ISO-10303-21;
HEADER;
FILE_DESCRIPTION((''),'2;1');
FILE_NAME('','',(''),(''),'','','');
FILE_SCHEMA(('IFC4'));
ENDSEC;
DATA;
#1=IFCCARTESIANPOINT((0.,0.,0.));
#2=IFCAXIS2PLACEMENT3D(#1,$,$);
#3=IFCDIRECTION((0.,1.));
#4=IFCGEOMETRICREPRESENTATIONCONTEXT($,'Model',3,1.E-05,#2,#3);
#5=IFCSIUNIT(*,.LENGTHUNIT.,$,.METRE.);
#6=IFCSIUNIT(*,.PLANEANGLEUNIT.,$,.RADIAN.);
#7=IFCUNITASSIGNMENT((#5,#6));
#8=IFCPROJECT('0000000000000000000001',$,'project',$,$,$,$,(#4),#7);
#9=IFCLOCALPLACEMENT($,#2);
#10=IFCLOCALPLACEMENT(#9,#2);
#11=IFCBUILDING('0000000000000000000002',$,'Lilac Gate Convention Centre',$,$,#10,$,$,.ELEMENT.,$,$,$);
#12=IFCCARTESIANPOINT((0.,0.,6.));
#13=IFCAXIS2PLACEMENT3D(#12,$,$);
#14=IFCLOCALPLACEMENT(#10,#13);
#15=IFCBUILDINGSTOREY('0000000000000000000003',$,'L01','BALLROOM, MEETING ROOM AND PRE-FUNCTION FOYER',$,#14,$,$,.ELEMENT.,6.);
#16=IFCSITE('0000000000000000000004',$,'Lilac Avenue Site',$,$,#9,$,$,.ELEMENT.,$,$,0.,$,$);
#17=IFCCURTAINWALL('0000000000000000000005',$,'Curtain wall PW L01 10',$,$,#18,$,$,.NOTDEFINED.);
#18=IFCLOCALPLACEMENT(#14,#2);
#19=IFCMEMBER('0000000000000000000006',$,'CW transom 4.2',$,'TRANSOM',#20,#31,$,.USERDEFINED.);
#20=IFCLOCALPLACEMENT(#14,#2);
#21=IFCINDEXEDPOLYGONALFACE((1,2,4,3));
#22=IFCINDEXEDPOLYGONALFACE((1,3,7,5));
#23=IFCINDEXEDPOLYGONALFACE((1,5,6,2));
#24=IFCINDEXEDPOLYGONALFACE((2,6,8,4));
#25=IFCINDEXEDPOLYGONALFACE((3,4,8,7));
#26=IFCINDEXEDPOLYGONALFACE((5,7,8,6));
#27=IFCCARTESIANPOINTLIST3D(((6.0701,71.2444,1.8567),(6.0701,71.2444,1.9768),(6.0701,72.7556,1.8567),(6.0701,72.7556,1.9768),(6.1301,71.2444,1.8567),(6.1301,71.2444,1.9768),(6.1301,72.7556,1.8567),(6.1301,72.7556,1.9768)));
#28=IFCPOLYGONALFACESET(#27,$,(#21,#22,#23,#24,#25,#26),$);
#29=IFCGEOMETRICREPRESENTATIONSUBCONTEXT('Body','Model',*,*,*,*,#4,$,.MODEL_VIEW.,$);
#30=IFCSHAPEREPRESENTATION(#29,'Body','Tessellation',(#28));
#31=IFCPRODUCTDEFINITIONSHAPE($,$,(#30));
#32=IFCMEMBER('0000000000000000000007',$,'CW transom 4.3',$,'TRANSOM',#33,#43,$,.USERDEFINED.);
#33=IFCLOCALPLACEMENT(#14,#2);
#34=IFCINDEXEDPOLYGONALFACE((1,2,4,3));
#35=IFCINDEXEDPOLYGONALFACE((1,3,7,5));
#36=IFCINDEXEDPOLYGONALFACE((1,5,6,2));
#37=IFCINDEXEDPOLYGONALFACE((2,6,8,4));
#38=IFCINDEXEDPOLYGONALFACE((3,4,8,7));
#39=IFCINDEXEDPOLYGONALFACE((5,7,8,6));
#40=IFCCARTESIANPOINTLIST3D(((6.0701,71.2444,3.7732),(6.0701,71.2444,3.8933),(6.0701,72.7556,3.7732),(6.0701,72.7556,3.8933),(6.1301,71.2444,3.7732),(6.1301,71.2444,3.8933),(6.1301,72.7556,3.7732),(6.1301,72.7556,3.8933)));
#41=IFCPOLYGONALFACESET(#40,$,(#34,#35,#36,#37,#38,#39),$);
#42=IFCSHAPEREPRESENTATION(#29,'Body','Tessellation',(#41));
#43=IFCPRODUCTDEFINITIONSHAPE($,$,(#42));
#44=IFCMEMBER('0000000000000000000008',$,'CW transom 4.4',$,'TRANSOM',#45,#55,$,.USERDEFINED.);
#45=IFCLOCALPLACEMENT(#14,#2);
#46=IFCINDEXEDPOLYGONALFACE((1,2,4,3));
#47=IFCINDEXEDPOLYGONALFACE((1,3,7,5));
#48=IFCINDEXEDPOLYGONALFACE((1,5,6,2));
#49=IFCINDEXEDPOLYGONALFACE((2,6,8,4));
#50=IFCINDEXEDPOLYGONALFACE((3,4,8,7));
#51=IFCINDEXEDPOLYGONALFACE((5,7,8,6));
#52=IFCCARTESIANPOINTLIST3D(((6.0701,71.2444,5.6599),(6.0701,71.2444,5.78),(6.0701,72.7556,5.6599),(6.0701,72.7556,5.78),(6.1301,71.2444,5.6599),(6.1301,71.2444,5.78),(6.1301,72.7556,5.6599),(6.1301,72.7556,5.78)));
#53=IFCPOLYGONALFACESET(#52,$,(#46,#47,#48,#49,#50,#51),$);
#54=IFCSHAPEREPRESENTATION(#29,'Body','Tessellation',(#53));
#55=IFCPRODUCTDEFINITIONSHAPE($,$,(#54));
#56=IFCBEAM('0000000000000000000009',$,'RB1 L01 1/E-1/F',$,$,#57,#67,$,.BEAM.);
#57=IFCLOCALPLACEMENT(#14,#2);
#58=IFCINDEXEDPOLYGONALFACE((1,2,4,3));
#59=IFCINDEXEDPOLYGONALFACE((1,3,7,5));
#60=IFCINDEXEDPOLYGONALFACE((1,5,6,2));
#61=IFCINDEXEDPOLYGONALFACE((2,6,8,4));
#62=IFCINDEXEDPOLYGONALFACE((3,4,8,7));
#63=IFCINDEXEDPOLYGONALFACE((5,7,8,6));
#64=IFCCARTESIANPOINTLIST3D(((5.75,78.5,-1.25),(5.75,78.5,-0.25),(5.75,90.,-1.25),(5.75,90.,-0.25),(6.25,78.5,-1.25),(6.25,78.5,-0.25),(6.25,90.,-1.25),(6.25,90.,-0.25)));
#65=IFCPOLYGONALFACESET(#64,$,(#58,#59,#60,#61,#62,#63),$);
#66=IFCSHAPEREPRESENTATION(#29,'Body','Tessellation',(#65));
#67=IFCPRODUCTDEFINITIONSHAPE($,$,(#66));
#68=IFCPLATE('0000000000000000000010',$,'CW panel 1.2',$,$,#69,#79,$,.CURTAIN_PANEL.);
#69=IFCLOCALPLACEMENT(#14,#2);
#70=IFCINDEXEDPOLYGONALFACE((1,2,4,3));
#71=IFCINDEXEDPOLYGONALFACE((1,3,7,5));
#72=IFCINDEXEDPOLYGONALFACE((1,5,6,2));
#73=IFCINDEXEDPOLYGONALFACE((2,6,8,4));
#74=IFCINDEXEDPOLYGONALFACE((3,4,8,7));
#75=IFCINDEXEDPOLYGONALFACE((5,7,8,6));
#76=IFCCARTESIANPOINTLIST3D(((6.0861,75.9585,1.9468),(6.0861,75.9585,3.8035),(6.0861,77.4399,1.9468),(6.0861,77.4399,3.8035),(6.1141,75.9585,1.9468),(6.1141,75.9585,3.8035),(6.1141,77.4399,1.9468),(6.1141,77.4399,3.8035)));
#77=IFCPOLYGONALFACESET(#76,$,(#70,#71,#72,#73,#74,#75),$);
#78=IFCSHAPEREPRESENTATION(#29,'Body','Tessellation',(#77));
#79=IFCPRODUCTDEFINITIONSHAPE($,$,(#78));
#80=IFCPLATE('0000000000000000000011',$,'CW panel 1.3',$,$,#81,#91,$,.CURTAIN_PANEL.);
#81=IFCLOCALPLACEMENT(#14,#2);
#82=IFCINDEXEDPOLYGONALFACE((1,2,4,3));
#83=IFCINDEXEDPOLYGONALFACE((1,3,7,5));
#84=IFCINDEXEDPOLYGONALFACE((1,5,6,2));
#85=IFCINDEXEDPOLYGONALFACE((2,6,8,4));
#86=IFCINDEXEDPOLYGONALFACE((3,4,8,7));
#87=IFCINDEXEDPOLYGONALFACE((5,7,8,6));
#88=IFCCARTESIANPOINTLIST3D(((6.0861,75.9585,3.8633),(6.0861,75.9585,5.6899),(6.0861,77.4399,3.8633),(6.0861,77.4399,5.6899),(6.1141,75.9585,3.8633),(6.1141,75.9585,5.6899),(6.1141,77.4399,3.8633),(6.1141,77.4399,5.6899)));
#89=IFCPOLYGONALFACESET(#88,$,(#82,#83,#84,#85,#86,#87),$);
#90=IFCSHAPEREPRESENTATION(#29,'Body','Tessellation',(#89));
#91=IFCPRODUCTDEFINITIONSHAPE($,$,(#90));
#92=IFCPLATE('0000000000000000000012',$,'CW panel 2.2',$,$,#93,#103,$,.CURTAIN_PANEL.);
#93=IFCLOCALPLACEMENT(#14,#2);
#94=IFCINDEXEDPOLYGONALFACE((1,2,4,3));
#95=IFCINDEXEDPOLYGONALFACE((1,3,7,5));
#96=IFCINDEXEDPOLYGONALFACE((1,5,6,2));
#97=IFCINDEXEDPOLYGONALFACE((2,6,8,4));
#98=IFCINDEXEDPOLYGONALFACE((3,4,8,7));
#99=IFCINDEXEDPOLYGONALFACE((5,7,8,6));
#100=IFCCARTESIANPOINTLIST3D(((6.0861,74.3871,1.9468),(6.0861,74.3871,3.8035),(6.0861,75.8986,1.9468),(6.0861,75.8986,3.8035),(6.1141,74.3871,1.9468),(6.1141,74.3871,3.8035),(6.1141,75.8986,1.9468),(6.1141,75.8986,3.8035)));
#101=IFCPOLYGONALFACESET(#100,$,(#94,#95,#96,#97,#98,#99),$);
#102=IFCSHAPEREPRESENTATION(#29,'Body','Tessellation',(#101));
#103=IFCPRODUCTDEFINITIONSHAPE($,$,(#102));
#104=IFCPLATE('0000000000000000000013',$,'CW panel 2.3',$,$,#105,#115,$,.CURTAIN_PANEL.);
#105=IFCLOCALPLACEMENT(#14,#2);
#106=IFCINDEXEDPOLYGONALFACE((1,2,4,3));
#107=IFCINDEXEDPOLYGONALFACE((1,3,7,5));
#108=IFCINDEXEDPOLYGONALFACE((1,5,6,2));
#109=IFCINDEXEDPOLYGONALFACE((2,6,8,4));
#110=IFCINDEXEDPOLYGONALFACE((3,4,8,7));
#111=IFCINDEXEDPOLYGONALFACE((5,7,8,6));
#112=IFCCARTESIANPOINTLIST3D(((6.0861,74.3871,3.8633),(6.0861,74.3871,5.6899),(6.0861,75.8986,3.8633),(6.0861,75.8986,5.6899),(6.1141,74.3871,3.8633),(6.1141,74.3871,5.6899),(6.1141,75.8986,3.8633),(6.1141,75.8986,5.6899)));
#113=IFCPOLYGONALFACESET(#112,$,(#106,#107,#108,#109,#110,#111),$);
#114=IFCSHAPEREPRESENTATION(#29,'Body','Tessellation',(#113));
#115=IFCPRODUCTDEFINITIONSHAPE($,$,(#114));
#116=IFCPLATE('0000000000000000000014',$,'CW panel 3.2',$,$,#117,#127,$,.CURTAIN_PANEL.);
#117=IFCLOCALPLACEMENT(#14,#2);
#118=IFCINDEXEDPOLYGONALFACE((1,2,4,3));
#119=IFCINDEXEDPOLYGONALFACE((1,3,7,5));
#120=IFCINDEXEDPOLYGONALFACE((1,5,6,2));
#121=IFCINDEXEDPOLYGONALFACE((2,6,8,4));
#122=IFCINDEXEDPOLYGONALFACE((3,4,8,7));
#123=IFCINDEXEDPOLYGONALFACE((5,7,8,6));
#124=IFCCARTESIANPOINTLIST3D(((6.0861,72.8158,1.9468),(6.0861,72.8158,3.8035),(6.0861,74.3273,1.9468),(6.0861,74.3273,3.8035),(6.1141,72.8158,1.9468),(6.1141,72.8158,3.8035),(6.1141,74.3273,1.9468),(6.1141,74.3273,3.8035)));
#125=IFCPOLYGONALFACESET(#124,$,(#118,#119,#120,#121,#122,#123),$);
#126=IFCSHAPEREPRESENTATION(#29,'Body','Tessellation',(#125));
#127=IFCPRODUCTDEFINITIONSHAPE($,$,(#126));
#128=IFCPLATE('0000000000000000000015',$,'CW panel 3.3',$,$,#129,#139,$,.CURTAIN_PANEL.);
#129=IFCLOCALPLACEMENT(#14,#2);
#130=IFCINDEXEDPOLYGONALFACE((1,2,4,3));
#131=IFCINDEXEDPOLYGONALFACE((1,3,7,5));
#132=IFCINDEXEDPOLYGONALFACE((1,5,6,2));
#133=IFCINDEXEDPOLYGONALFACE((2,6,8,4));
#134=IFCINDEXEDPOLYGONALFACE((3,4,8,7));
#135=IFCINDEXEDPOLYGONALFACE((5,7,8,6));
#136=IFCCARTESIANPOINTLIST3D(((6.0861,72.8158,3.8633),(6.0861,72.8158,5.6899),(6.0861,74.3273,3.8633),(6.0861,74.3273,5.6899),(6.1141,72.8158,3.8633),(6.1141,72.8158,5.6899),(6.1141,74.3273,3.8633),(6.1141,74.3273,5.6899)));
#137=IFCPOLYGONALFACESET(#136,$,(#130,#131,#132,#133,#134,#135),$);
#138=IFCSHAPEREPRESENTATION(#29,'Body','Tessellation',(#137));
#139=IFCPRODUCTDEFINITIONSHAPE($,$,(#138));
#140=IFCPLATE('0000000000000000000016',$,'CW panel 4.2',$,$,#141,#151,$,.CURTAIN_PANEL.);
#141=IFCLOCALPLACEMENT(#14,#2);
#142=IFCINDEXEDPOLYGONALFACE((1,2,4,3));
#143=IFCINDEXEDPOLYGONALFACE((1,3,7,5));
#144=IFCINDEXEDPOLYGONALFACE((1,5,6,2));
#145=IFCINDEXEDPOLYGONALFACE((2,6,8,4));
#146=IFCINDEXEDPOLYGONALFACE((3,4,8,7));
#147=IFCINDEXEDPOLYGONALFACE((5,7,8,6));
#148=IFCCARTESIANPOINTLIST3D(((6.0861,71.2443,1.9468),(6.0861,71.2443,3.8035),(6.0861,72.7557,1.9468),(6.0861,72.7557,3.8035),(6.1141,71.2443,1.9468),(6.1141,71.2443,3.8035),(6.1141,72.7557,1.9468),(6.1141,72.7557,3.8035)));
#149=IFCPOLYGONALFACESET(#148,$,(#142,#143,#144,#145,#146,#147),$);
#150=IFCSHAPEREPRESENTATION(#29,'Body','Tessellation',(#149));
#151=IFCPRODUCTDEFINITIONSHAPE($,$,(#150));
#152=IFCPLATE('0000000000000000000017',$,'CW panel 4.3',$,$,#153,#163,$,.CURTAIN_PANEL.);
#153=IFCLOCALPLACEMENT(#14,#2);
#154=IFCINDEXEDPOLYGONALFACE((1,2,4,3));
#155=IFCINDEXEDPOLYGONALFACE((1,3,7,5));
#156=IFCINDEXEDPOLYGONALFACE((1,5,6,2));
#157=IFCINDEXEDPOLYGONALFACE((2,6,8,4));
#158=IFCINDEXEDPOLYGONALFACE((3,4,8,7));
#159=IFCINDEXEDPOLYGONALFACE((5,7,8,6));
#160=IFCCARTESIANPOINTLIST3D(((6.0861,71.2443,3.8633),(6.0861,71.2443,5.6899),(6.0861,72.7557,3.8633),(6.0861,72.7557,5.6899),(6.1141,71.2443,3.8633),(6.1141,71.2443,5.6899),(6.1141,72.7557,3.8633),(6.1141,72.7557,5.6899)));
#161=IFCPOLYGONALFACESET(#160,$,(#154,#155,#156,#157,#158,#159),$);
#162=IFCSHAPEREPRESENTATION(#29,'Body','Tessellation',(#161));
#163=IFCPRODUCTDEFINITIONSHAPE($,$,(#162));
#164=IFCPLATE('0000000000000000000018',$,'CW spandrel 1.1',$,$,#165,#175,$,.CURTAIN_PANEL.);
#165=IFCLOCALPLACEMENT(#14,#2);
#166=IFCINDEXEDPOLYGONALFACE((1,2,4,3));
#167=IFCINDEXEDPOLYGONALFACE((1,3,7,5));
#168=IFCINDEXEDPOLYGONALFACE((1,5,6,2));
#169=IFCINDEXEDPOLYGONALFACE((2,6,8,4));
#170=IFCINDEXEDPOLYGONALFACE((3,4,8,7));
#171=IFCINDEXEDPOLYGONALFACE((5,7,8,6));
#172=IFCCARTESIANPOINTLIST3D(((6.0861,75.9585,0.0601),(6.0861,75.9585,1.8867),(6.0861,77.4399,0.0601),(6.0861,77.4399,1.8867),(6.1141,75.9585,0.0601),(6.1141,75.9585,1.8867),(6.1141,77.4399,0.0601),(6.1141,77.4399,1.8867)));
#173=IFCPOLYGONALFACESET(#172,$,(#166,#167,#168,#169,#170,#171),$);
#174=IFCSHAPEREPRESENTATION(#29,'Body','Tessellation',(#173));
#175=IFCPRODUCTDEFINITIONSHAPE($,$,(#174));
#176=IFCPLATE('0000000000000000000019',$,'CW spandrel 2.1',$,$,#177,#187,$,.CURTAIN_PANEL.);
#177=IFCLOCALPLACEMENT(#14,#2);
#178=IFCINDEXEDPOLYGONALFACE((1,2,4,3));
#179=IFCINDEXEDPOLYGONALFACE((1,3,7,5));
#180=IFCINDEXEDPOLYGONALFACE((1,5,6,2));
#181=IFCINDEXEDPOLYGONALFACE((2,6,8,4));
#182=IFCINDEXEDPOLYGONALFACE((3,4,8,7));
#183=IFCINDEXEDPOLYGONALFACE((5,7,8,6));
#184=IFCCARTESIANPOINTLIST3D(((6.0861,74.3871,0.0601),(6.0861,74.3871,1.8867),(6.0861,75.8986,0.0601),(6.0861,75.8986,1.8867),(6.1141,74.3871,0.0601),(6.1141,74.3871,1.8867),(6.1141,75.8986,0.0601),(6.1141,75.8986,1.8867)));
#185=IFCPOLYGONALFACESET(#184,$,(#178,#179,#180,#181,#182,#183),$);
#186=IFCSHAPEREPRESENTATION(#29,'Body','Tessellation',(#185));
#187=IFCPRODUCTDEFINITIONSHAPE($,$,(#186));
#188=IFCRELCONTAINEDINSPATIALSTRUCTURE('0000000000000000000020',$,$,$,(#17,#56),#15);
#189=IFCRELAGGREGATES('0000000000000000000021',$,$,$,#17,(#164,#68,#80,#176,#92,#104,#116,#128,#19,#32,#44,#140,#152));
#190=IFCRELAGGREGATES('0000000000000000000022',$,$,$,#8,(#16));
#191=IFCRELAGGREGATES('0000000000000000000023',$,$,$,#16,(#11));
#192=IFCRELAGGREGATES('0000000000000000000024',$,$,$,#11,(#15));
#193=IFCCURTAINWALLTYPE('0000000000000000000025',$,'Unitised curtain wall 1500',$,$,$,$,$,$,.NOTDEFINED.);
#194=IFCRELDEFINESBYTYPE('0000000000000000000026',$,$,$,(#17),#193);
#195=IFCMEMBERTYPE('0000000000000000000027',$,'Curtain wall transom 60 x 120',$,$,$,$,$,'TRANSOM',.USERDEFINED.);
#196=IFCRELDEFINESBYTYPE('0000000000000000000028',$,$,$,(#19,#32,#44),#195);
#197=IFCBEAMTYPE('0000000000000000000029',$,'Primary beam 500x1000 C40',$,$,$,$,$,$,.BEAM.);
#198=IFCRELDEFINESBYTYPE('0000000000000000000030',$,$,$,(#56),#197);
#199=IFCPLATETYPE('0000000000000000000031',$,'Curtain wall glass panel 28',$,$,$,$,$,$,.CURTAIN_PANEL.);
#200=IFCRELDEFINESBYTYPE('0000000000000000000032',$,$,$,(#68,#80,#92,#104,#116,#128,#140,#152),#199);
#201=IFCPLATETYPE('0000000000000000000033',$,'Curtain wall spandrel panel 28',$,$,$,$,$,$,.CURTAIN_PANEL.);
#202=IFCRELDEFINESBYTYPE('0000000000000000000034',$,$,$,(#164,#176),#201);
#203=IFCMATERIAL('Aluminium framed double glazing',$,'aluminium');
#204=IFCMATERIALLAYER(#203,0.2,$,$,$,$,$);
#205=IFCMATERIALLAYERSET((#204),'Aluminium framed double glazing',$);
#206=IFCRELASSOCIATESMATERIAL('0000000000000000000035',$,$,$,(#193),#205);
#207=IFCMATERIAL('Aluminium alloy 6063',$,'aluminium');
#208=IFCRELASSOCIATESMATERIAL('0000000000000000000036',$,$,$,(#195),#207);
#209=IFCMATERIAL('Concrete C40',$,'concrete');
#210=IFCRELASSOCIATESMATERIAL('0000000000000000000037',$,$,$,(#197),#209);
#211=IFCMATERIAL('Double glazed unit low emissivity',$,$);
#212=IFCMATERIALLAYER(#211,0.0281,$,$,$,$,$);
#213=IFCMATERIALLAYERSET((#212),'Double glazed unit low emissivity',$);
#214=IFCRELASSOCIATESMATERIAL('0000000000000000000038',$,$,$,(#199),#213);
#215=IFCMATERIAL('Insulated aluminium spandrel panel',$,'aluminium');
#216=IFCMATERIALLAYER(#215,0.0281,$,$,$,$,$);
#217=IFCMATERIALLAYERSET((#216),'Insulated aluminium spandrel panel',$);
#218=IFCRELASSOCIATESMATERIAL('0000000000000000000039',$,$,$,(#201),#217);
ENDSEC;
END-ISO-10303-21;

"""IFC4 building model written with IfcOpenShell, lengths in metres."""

from ifc_helpers import new_model, si_unit, direction, frame, origin, origin_2d, place, context, subcontext, project, spatial, rectangle, extrude, material, layer, layer_set, material_profile, profile_set, type_object, element, aggregate, save


model = new_model("IFC4")

# Units and contexts
model_context = context("Model", 3, precision=1e-05, world=origin(), true_north=direction((0.0, 1.0)))
body_context = subcontext(model_context, "Body", "Model", "MODEL_VIEW")
ifc_project = project(units=[si_unit("LENGTHUNIT", "METRE"), si_unit("PLANEANGLEUNIT", "RADIAN")], contexts=[model_context])

# Site, building, storey
site_placement = place(None, origin())
site = spatial("IfcSite", under=ifc_project, at=site_placement, Name="Lilac Avenue Site", CompositionType="ELEMENT", RefElevation=0.0)
building_placement = place(site_placement, origin())
building = spatial("IfcBuilding", under=site, at=building_placement, Name="Lilac Gate Convention Centre", CompositionType="ELEMENT")
storey_placement = place(building_placement, frame((0.0, 0.0, 6.0)))
storey = spatial("IfcBuildingStorey", under=building, at=storey_placement, Name="L01", Description="BALLROOM, MEETING ROOM AND PRE-FUNCTION FOYER", CompositionType="ELEMENT", Elevation=6.0)

# Shared definitions
ifc_material_1 = material(Name="Concrete C40", Category="concrete")

# Curtain wall, members
ifc_material_2 = material(Name="Aluminium framed double glazing", Category="aluminium")
ifc_layer_1 = layer(ifc_material_2, 0.2)
ifc_layer_set_1 = layer_set([ifc_layer_1], Name="Aluminium framed double glazing")
curtain_wall_type = type_object("IfcCurtainWallType", Name="Unitised curtain wall 1500", PredefinedType="NOTDEFINED", material=ifc_layer_set_1)
curtain_wall_placement = place(storey_placement, origin())
curtain_wall = element("IfcCurtainWall", 1, at=curtain_wall_placement, inside=storey, type_object=curtain_wall_type, Name="Curtain wall PW L01 10", PredefinedType="NOTDEFINED")
ifc_material_3 = material(Name="Aluminium alloy 6063", Category="aluminium")
ifc_material_profile_1 = material_profile(ifc_material_3, rectangle(XDim=0.0601, YDim=0.1201, at=origin_2d()), Name="Curtain wall transom 60 x 120")
ifc_profile_set_1 = profile_set([ifc_material_profile_1], Name="Aluminium alloy 6063")
member_type_1 = type_object("IfcMemberType", Name="Curtain wall transom 60 x 120", ElementType="TRANSOM", PredefinedType="USERDEFINED", material=ifc_profile_set_1)
member_1_placement = place(storey_placement, frame((6.1001, 72.7556, 1.9167), z_axis=(0.0, -1.0, 0.0), x_axis=(1.0, 0.0, 0.0)))
member_1 = element("IfcMember", 2, at=member_1_placement, type_object=member_type_1, Name="CW transom 4.2", ObjectType="TRANSOM", PredefinedType="USERDEFINED", context=body_context, shape_type="SweptSolid", body=[
    extrude(rectangle(XDim=0.0601, YDim=0.1201, at=origin_2d()), origin(), (0.0, 0.0, 1.0), 1.5112),
])
member_2_placement = place(storey_placement, frame((6.1001, 72.7556, 3.8333), z_axis=(0.0, -1.0, 0.0), x_axis=(1.0, 0.0, 0.0)))
member_2 = element("IfcMember", 3, at=member_2_placement, type_object=member_type_1, Name="CW transom 4.3", ObjectType="TRANSOM", PredefinedType="USERDEFINED", context=body_context, shape_type="SweptSolid", body=[
    extrude(rectangle(XDim=0.0601, YDim=0.1201, at=origin_2d()), origin(), (0.0, 0.0, 1.0), 1.5112),
])
member_3_placement = place(storey_placement, frame((6.1001, 72.7556, 5.72), z_axis=(0.0, -1.0, 0.0), x_axis=(1.0, 0.0, 0.0)))
member_3 = element("IfcMember", 4, at=member_3_placement, type_object=member_type_1, Name="CW transom 4.4", ObjectType="TRANSOM", PredefinedType="USERDEFINED", context=body_context, shape_type="SweptSolid", body=[
    extrude(rectangle(XDim=0.0601, YDim=0.1201, at=origin_2d()), origin(), (0.0, 0.0, 1.0), 1.5112),
])

# Beam
ifc_material_profile_2 = material_profile(ifc_material_1, rectangle(XDim=0.5, YDim=1.0, at=origin_2d()), Name="RC 500x1000")
ifc_profile_set_2 = profile_set([ifc_material_profile_2], Name="Concrete C40")
beam_type = type_object("IfcBeamType", Name="Primary beam 500x1000 C40", PredefinedType="BEAM", material=ifc_profile_set_2)
beam_placement = place(storey_placement, frame((6.0, 78.5, -0.75), z_axis=(0.0, 1.0, 0.0), x_axis=(-1.0, 0.0, 0.0)))
element("IfcBeam", 5, at=beam_placement, inside=storey, type_object=beam_type, Name="RB1 L01 1/E-1/F", PredefinedType="BEAM", context=body_context, shape_type="SweptSolid", body=[
    extrude(rectangle(XDim=0.5, YDim=1.0, at=origin_2d()), origin(), (0.0, 0.0, 1.0), 11.5),
])

# Plates
ifc_material_4 = material(Name="Double glazed unit low emissivity")
ifc_layer_2 = layer(ifc_material_4, 0.0281)
ifc_layer_set_2 = layer_set([ifc_layer_2], Name="Double glazed unit low emissivity")
plate_type_1 = type_object("IfcPlateType", Name="Curtain wall glass panel 28", PredefinedType="CURTAIN_PANEL", material=ifc_layer_set_2)
plate_1_placement = place(storey_placement, frame((6.1001, 76.6992, 1.9468), z_axis=(0.0, 0.0, 1.0), x_axis=(0.0, -1.0, 0.0)))
plate_1 = element("IfcPlate", 6, at=plate_1_placement, type_object=plate_type_1, Name="CW panel 1.2", PredefinedType="CURTAIN_PANEL", context=body_context, shape_type="SweptSolid", body=[
    extrude(rectangle(XDim=1.4814, YDim=0.0281, at=origin_2d()), origin(), (0.0, 0.0, 1.0), 1.8567),
])
plate_2_placement = place(storey_placement, frame((6.1001, 76.6992, 3.8633), z_axis=(0.0, 0.0, 1.0), x_axis=(0.0, -1.0, 0.0)))
plate_2 = element("IfcPlate", 7, at=plate_2_placement, type_object=plate_type_1, Name="CW panel 1.3", PredefinedType="CURTAIN_PANEL", context=body_context, shape_type="SweptSolid", body=[
    extrude(rectangle(XDim=1.4814, YDim=0.0281, at=origin_2d()), origin(), (0.0, 0.0, 1.0), 1.8267),
])
plate_3_placement = place(storey_placement, frame((6.1001, 75.1428, 1.9468), z_axis=(0.0, 0.0, 1.0), x_axis=(0.0, -1.0, 0.0)))
plate_3 = element("IfcPlate", 8, at=plate_3_placement, type_object=plate_type_1, Name="CW panel 2.2", PredefinedType="CURTAIN_PANEL", context=body_context, shape_type="SweptSolid", body=[
    extrude(rectangle(XDim=1.5115, YDim=0.0281, at=origin_2d()), origin(), (0.0, 0.0, 1.0), 1.8567),
])
plate_4_placement = place(storey_placement, frame((6.1001, 75.1428, 3.8633), z_axis=(0.0, 0.0, 1.0), x_axis=(0.0, -1.0, 0.0)))
plate_4 = element("IfcPlate", 9, at=plate_4_placement, type_object=plate_type_1, Name="CW panel 2.3", PredefinedType="CURTAIN_PANEL", context=body_context, shape_type="SweptSolid", body=[
    extrude(rectangle(XDim=1.5115, YDim=0.0281, at=origin_2d()), origin(), (0.0, 0.0, 1.0), 1.8267),
])
plate_5_placement = place(storey_placement, frame((6.1001, 73.5715, 1.9468), z_axis=(0.0, 0.0, 1.0), x_axis=(0.0, -1.0, 0.0)))
plate_5 = element("IfcPlate", 10, at=plate_5_placement, type_object=plate_type_1, Name="CW panel 3.2", PredefinedType="CURTAIN_PANEL", context=body_context, shape_type="SweptSolid", body=[
    extrude(rectangle(XDim=1.5115, YDim=0.0281, at=origin_2d()), origin(), (0.0, 0.0, 1.0), 1.8567),
])
plate_6_placement = place(storey_placement, frame((6.1001, 73.5715, 3.8633), z_axis=(0.0, 0.0, 1.0), x_axis=(0.0, -1.0, 0.0)))
plate_6 = element("IfcPlate", 11, at=plate_6_placement, type_object=plate_type_1, Name="CW panel 3.3", PredefinedType="CURTAIN_PANEL", context=body_context, shape_type="SweptSolid", body=[
    extrude(rectangle(XDim=1.5115, YDim=0.0281, at=origin_2d()), origin(), (0.0, 0.0, 1.0), 1.8267),
])
plate_7_placement = place(storey_placement, frame((6.1001, 72.0, 1.9468), z_axis=(0.0, 0.0, 1.0), x_axis=(0.0, -1.0, 0.0)))
plate_7 = element("IfcPlate", 12, at=plate_7_placement, type_object=plate_type_1, Name="CW panel 4.2", PredefinedType="CURTAIN_PANEL", context=body_context, shape_type="SweptSolid", body=[
    extrude(rectangle(XDim=1.5115, YDim=0.0281, at=origin_2d()), origin(), (0.0, 0.0, 1.0), 1.8567),
])
plate_8_placement = place(storey_placement, frame((6.1001, 72.0, 3.8633), z_axis=(0.0, 0.0, 1.0), x_axis=(0.0, -1.0, 0.0)))
plate_8 = element("IfcPlate", 13, at=plate_8_placement, type_object=plate_type_1, Name="CW panel 4.3", PredefinedType="CURTAIN_PANEL", context=body_context, shape_type="SweptSolid", body=[
    extrude(rectangle(XDim=1.5115, YDim=0.0281, at=origin_2d()), origin(), (0.0, 0.0, 1.0), 1.8267),
])
ifc_material_5 = material(Name="Insulated aluminium spandrel panel", Category="aluminium")
ifc_layer_3 = layer(ifc_material_5, 0.0281)
ifc_layer_set_3 = layer_set([ifc_layer_3], Name="Insulated aluminium spandrel panel")
plate_type_2 = type_object("IfcPlateType", Name="Curtain wall spandrel panel 28", PredefinedType="CURTAIN_PANEL", material=ifc_layer_set_3)
plate_9_placement = place(storey_placement, frame((6.1001, 76.6992, 0.0601), z_axis=(0.0, 0.0, 1.0), x_axis=(0.0, -1.0, 0.0)))
plate_9 = element("IfcPlate", 14, at=plate_9_placement, type_object=plate_type_2, Name="CW spandrel 1.1", PredefinedType="CURTAIN_PANEL", context=body_context, shape_type="SweptSolid", body=[
    extrude(rectangle(XDim=1.4814, YDim=0.0281, at=origin_2d()), origin(), (0.0, 0.0, 1.0), 1.8267),
])
plate_10_placement = place(storey_placement, frame((6.1001, 75.1428, 0.0601), z_axis=(0.0, 0.0, 1.0), x_axis=(0.0, -1.0, 0.0)))
plate_10 = element("IfcPlate", 15, at=plate_10_placement, type_object=plate_type_2, Name="CW spandrel 2.1", PredefinedType="CURTAIN_PANEL", context=body_context, shape_type="SweptSolid", body=[
    extrude(rectangle(XDim=1.5115, YDim=0.0281, at=origin_2d()), origin(), (0.0, 0.0, 1.0), 1.8267),
])
aggregate(curtain_wall, [plate_9, plate_1, plate_2, plate_10, plate_3, plate_4, plate_5, plate_6, member_1, member_2, member_3, plate_7, plate_8])

save(model, "model.ifc")
